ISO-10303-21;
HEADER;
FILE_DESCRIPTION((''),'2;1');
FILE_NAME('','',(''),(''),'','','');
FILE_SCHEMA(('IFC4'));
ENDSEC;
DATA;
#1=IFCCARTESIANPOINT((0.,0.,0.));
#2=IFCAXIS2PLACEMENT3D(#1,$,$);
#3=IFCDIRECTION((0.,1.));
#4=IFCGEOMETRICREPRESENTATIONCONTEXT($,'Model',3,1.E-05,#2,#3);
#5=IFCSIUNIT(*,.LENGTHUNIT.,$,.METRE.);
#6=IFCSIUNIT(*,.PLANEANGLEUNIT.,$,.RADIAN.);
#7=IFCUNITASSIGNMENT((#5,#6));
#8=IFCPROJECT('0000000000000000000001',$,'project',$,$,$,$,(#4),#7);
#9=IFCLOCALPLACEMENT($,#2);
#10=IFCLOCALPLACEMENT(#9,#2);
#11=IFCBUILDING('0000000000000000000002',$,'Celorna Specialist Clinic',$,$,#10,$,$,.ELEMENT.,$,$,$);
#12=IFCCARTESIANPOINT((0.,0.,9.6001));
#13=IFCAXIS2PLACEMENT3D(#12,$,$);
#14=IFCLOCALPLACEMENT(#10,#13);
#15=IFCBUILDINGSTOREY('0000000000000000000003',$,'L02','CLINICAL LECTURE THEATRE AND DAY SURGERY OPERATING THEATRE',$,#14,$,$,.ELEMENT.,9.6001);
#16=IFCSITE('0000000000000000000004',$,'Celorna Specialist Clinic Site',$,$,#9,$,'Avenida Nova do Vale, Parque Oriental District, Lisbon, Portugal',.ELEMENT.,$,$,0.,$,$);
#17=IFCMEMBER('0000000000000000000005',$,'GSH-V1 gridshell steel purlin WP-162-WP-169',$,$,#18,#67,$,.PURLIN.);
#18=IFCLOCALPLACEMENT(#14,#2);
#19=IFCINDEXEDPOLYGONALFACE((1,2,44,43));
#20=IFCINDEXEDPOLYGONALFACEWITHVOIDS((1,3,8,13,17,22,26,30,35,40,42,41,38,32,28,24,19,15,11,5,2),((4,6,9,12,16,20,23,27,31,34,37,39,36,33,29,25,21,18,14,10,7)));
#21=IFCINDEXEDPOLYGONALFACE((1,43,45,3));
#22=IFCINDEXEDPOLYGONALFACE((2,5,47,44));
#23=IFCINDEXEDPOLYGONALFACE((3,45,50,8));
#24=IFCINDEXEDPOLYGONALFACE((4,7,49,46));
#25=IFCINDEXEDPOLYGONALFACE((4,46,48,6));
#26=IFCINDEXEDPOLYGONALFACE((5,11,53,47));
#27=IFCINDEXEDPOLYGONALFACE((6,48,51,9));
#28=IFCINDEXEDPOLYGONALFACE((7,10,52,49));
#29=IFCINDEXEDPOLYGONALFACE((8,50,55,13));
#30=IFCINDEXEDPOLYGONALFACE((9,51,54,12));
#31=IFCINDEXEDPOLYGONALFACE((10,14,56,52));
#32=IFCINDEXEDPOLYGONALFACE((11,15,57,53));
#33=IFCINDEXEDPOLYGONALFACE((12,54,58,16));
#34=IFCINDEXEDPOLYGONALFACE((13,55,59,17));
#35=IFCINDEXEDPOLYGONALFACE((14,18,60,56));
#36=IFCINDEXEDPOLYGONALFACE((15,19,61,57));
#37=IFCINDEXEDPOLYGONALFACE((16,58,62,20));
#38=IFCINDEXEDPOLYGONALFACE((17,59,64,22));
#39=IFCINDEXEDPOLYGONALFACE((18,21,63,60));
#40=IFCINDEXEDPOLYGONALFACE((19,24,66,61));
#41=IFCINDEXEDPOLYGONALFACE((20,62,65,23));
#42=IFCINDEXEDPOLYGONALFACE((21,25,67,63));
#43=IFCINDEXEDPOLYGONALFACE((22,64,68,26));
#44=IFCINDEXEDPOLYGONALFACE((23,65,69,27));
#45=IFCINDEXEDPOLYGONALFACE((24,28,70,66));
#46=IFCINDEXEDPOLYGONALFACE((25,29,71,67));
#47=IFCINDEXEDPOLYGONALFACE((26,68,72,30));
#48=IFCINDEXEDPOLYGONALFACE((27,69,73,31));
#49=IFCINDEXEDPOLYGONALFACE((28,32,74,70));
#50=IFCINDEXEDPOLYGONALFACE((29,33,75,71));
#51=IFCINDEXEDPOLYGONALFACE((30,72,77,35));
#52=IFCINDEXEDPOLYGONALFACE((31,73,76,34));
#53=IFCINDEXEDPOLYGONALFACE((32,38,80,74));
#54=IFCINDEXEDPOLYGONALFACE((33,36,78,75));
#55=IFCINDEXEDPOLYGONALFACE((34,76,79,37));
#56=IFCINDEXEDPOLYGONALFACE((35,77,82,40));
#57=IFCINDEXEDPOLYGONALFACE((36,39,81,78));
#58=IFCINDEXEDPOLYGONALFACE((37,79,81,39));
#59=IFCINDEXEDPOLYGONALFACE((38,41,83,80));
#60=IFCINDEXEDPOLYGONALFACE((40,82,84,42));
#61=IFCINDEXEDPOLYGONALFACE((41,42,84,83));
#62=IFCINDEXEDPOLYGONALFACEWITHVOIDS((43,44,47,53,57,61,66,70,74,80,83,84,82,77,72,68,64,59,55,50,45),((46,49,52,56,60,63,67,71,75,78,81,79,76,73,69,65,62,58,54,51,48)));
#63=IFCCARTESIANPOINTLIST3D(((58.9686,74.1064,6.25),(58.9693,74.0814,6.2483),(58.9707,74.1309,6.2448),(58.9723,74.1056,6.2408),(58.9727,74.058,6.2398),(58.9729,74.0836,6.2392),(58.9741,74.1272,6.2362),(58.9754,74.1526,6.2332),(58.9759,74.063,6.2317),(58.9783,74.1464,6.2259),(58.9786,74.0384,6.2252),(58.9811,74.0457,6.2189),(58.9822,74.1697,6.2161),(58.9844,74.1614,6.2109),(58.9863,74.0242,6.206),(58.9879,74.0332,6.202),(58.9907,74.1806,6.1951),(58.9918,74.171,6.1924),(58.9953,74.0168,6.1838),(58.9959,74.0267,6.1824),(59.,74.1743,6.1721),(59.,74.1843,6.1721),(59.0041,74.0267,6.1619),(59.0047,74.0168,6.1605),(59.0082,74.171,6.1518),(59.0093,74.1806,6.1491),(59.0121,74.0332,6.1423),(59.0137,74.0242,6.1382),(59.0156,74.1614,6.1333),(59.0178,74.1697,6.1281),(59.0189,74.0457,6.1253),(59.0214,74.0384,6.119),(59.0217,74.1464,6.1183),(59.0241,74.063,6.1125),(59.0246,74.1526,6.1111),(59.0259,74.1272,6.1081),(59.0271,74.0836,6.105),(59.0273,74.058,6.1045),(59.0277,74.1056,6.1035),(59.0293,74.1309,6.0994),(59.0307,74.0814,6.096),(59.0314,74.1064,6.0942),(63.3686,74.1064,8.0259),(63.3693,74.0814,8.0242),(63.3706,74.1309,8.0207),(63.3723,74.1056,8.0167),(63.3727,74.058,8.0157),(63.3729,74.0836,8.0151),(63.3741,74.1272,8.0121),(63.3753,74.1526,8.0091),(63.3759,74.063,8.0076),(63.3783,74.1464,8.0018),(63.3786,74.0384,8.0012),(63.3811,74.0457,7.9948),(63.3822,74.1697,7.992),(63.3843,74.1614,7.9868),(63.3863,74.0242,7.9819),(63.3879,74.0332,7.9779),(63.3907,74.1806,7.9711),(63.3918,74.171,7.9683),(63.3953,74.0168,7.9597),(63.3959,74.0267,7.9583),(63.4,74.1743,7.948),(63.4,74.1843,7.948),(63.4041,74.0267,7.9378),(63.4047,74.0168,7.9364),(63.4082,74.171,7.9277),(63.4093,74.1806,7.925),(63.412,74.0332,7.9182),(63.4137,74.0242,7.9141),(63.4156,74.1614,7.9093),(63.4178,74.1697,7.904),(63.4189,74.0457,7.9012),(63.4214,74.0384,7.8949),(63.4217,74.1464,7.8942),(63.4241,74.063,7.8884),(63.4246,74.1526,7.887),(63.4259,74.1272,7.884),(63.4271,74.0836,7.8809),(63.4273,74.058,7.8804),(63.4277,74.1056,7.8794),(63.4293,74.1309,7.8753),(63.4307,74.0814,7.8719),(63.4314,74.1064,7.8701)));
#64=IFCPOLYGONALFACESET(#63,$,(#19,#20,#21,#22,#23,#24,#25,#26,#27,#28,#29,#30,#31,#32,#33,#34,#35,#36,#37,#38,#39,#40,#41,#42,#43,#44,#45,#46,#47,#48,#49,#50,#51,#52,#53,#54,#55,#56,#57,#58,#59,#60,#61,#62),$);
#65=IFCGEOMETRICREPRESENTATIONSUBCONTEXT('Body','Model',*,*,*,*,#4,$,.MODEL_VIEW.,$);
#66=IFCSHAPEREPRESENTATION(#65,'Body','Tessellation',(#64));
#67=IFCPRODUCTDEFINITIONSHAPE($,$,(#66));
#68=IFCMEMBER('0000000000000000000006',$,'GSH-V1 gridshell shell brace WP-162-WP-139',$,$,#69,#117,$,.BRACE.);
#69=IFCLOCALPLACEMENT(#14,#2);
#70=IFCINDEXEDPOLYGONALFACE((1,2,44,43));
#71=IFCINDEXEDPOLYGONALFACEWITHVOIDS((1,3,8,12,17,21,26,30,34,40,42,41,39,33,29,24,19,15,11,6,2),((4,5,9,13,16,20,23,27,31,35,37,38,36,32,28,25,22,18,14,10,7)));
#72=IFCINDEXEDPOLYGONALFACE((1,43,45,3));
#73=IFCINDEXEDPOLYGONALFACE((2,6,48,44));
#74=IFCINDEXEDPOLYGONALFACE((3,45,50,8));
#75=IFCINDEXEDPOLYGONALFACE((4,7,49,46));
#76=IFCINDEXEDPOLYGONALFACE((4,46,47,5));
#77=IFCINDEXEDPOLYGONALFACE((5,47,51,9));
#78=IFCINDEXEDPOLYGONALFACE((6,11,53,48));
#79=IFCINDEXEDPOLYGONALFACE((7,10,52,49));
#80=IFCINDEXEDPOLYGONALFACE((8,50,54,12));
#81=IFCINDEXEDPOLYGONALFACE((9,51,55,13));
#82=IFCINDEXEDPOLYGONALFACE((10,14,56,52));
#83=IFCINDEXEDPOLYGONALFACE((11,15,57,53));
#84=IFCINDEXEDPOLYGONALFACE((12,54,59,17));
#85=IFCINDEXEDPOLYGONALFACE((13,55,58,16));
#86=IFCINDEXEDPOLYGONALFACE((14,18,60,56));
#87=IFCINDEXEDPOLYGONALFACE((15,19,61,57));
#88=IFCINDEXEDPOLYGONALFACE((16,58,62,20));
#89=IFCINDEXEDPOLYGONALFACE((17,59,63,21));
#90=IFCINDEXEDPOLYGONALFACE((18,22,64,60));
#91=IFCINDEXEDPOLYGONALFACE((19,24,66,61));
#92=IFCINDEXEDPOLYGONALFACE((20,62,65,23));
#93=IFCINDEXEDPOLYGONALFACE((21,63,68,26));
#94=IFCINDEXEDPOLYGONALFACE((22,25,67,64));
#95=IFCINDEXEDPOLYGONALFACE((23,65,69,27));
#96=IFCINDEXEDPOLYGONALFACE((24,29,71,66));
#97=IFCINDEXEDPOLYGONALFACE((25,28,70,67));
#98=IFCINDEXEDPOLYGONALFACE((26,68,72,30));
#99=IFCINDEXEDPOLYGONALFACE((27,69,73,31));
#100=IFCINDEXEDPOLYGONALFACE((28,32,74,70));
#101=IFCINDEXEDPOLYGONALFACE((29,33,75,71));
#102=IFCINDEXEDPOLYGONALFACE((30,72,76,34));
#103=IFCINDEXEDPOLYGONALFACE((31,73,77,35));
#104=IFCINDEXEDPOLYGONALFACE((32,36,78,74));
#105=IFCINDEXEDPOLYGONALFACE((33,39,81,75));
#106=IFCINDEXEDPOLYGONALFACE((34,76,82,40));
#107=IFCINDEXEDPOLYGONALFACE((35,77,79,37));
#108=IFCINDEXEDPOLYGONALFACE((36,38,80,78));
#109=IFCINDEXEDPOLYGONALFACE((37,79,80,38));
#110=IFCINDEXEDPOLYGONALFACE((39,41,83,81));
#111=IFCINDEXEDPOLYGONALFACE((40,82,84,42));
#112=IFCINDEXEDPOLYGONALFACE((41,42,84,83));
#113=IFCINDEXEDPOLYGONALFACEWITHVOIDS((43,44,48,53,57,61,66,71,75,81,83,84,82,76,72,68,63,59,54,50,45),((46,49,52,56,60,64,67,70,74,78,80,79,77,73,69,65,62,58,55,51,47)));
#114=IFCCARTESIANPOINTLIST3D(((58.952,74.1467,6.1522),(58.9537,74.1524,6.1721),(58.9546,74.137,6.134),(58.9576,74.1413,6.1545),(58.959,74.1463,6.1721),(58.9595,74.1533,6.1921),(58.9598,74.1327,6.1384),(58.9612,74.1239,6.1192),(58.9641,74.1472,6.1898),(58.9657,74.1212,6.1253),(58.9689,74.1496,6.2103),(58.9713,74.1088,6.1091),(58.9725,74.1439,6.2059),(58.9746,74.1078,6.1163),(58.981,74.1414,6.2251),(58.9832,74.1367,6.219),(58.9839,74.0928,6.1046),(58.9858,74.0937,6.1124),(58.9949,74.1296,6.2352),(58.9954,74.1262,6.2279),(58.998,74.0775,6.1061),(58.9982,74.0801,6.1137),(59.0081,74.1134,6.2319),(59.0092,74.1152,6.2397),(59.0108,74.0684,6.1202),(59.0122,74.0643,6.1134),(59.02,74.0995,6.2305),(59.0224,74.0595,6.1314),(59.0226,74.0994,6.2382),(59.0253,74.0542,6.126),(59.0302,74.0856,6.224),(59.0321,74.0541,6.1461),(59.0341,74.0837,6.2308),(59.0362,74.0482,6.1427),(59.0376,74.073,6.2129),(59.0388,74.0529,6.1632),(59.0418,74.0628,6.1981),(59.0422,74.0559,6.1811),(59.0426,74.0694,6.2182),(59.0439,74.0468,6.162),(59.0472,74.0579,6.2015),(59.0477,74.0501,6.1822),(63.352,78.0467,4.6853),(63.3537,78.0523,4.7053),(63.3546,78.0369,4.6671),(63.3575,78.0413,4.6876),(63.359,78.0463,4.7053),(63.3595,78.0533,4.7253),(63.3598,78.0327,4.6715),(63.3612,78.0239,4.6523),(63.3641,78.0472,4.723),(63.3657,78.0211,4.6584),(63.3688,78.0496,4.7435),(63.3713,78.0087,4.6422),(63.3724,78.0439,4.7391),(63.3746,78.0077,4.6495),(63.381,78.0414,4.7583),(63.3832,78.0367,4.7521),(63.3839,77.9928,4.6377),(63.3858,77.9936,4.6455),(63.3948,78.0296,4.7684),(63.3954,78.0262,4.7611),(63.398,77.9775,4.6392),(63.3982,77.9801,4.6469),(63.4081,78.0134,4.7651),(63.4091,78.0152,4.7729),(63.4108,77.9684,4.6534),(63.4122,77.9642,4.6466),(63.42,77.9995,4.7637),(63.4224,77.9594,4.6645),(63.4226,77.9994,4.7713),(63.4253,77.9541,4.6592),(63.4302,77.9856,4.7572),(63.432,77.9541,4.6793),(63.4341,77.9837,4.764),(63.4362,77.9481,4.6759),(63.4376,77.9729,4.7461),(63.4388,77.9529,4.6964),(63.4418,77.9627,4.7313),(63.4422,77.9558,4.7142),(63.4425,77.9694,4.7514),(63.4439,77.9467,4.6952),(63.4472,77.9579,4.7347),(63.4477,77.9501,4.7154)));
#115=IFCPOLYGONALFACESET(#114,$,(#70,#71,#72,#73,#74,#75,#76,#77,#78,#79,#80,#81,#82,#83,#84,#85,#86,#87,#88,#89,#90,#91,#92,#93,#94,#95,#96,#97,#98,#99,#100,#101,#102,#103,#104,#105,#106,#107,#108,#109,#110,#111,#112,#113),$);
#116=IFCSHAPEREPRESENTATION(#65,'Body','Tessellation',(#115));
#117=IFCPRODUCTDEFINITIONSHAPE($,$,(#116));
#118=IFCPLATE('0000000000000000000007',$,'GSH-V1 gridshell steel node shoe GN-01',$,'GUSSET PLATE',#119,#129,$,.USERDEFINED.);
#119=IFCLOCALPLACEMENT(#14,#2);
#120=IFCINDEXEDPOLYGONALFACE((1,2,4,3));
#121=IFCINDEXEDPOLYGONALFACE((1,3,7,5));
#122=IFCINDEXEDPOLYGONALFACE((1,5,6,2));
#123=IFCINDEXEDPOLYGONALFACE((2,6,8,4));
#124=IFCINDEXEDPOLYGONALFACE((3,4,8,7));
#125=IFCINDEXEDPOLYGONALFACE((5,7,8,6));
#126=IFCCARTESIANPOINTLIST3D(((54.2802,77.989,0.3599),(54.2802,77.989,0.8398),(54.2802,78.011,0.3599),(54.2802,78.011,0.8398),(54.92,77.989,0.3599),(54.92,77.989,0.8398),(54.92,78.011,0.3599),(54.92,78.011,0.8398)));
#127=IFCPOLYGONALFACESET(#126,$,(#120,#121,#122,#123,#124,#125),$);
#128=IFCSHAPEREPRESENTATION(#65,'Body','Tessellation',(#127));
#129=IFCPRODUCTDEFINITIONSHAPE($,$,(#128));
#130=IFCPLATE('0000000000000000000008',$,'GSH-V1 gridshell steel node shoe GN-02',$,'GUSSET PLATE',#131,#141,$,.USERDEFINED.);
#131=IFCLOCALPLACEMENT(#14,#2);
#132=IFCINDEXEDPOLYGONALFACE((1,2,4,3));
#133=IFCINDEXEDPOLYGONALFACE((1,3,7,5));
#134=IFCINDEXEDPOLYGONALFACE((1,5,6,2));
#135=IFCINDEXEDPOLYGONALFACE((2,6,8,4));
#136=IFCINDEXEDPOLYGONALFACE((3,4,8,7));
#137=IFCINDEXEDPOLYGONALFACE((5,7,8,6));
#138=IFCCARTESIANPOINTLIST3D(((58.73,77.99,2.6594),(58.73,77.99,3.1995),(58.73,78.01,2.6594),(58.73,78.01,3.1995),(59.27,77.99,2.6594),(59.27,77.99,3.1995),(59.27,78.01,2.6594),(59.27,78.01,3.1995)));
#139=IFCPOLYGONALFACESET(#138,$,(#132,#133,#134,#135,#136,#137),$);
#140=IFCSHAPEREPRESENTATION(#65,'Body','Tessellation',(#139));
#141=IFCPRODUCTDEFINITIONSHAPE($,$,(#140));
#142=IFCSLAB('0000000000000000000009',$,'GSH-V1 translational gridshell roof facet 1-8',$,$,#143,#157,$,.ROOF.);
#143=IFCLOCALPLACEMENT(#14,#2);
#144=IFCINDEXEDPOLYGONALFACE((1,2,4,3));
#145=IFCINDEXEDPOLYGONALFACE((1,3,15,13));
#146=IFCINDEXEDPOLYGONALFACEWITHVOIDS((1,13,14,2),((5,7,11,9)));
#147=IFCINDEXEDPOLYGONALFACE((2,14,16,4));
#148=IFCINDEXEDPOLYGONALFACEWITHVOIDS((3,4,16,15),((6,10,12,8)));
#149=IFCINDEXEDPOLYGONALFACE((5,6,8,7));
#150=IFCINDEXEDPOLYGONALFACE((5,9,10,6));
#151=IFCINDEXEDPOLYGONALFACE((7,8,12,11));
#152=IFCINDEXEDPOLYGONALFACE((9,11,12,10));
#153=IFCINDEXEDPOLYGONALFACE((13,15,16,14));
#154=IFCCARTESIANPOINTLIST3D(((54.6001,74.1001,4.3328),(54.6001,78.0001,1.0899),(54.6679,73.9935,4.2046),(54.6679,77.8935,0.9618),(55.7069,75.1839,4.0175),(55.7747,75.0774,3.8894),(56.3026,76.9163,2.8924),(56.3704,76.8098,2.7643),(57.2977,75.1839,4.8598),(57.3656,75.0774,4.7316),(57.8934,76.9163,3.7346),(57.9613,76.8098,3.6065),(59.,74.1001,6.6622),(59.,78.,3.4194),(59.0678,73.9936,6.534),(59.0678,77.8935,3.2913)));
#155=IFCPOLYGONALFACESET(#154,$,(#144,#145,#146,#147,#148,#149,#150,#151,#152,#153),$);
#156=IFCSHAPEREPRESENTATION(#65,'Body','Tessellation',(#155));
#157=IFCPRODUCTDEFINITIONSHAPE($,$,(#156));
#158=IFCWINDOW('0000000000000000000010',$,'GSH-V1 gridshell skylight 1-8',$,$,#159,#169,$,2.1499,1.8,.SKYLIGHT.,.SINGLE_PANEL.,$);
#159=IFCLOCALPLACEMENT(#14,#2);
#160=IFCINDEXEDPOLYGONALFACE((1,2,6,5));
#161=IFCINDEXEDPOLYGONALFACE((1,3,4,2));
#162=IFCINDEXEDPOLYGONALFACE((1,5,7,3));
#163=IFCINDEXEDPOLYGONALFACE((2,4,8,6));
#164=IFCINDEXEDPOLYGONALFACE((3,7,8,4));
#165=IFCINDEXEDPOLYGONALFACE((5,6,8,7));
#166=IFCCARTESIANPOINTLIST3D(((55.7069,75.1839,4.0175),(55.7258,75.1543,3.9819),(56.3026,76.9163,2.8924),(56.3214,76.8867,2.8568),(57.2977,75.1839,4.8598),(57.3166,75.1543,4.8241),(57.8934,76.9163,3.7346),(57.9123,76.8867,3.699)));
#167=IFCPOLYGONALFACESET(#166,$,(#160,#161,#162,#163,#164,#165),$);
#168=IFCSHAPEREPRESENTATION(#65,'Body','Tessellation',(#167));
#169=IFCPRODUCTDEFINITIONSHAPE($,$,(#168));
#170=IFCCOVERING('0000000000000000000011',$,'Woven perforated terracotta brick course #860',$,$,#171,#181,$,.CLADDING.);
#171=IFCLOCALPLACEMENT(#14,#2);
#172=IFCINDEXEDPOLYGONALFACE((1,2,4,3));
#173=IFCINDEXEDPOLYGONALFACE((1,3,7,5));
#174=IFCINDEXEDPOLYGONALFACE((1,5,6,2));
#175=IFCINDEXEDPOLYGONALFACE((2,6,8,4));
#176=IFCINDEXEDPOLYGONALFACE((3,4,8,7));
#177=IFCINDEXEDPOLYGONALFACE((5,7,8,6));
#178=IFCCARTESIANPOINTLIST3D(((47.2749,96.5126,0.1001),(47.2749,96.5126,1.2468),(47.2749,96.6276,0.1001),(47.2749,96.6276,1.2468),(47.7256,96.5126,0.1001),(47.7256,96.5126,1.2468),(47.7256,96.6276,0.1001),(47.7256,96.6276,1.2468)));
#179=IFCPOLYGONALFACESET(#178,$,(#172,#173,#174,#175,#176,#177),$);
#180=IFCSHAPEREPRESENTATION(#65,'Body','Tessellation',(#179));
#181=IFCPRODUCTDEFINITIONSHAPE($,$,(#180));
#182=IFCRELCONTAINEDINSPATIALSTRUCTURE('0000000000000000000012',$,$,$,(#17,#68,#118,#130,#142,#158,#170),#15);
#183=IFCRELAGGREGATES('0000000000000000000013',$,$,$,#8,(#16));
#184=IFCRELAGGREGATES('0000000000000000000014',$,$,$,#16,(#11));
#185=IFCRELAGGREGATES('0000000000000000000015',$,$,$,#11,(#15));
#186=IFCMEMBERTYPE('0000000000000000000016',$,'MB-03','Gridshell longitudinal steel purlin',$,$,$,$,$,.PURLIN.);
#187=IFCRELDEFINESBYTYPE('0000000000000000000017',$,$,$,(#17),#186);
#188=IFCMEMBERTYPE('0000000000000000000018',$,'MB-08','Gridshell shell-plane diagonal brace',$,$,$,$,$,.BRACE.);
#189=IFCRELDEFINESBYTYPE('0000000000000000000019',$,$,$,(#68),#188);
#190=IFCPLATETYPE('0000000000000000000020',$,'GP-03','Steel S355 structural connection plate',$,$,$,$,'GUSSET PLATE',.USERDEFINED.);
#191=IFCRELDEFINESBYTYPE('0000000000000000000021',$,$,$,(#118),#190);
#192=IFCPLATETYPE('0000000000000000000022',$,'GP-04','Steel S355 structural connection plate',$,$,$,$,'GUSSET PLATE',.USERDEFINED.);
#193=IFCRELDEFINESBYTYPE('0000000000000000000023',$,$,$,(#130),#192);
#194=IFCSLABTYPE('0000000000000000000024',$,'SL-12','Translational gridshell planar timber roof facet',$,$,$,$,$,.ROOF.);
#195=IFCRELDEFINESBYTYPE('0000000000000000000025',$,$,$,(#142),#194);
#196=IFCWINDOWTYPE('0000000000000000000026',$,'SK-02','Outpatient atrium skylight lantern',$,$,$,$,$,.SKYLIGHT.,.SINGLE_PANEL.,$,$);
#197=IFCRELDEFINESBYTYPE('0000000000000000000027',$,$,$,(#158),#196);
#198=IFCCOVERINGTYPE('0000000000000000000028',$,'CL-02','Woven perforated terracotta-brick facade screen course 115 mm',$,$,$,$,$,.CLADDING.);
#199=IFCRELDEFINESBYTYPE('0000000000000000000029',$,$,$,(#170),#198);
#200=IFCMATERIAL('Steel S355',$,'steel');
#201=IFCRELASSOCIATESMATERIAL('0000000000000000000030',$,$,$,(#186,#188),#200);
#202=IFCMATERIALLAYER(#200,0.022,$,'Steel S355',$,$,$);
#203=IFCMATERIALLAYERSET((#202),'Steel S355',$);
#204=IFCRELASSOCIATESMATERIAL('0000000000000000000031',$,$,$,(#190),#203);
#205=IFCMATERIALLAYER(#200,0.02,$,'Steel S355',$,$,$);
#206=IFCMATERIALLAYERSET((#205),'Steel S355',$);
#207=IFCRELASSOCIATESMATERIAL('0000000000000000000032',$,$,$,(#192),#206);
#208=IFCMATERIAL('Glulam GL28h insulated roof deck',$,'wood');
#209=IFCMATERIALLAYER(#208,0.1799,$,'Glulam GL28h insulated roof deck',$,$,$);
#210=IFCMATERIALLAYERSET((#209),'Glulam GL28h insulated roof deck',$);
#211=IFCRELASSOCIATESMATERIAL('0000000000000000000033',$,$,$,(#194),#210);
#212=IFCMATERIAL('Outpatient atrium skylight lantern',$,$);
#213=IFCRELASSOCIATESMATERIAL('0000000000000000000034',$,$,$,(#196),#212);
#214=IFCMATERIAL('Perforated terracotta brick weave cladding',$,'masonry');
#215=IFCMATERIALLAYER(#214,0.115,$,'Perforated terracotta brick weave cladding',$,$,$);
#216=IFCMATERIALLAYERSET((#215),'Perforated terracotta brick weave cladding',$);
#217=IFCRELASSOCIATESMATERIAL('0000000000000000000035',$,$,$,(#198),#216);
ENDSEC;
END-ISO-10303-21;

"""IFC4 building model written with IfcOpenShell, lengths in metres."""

from ifc_helpers import new_model, si_unit, direction, frame, origin, origin_2d, place, context, subcontext, project, spatial, polyline, rectangle, hollow_circle, outline, extrude, material, layer, layer_set, material_profile, profile_set, type_object, element, fill, save


model = new_model("IFC4")

# Units and contexts
model_context = context("Model", 3, precision=1e-05, world=origin(), true_north=direction((0.0, 1.0)))
body_context = subcontext(model_context, "Body", "Model", "MODEL_VIEW")
ifc_project = project(units=[si_unit("LENGTHUNIT", "METRE"), si_unit("PLANEANGLEUNIT", "RADIAN")], contexts=[model_context])

# Site, building, storey
site_placement = place(None, origin())
site = spatial("IfcSite", under=ifc_project, at=site_placement, Name="Celorna Specialist Clinic Site", LongName="Avenida Nova do Vale, Parque Oriental District, Lisbon, Portugal", CompositionType="ELEMENT", RefElevation=0.0)
building_placement = place(site_placement, origin())
building = spatial("IfcBuilding", under=site, at=building_placement, Name="Celorna Specialist Clinic", CompositionType="ELEMENT")
storey_placement = place(building_placement, frame((0.0, 0.0, 9.6001)))
storey = spatial("IfcBuildingStorey", under=building, at=storey_placement, Name="L02", Description="CLINICAL LECTURE THEATRE AND DAY SURGERY OPERATING THEATRE", CompositionType="ELEMENT", Elevation=9.6001)

# Shared definitions
ifc_material_1 = material(Name="Steel S355", Category="steel")

# Members
ifc_material_profile_1 = material_profile(ifc_material_1, hollow_circle(Radius=0.0842, WallThickness=0.01, at=origin_2d()), Name="CHS 168.3x10")
ifc_profile_set_1 = profile_set([ifc_material_profile_1], Name="Steel S355")
member_type_1 = type_object("IfcMemberType", Name="MB-03", Description="Gridshell longitudinal steel purlin", PredefinedType="PURLIN", material=ifc_profile_set_1)
member_1_placement = place(storey_placement, frame((59.0, 74.1001, 6.1721), z_axis=(0.927315, 0.0, 0.374281), x_axis=(0.0, 1.0, 0.0)))
element("IfcMember", 1, at=member_1_placement, inside=storey, type_object=member_type_1, Name="GSH-V1 gridshell steel purlin WP-162-WP-169", PredefinedType="PURLIN", context=body_context, shape_type="SweptSolid", body=[
    extrude(hollow_circle(Radius=0.0842, WallThickness=0.01, at=origin_2d()), origin(), (0.0, 0.0, 1.0), 4.7449),
])
ifc_material_profile_2 = material_profile(ifc_material_1, hollow_circle(Radius=0.0698, WallThickness=0.0081, at=origin_2d()), Name="CHS 139.7x8")
ifc_profile_set_2 = profile_set([ifc_material_profile_2], Name="Steel S355")
member_type_2 = type_object("IfcMemberType", Name="MB-08", Description="Gridshell shell-plane diagonal brace", PredefinedType="BRACE", material=ifc_profile_set_2)
member_2_placement = place(storey_placement, frame((59.0, 74.1001, 6.1721), z_axis=(0.726093, 0.643581, -0.242058), x_axis=(-0.663306, 0.748348, 0.0)))
element("IfcMember", 2, at=member_2_placement, inside=storey, type_object=member_type_2, Name="GSH-V1 gridshell shell brace WP-162-WP-139", PredefinedType="BRACE", context=body_context, shape_type="SweptSolid", body=[
    extrude(hollow_circle(Radius=0.0698, WallThickness=0.0081, at=origin_2d()), origin(), (0.0, 0.0, 1.0), 6.0598),
])

# Plates
ifc_layer_1 = layer(ifc_material_1, 0.022, Name="Steel S355")
ifc_layer_set_1 = layer_set([ifc_layer_1], Name="Steel S355")
plate_type_1 = type_object("IfcPlateType", Name="GP-03", Description="Steel S355 structural connection plate", ElementType="GUSSET PLATE", PredefinedType="USERDEFINED", material=ifc_layer_set_1)
plate_1_placement = place(storey_placement, frame((54.6001, 78.0, 0.3599), z_axis=(0.0, 0.0, 1.0), x_axis=(1.0, 0.0, 0.0)))
element("IfcPlate", 3, at=plate_1_placement, inside=storey, type_object=plate_type_1, Name="GSH-V1 gridshell steel node shoe GN-01", ObjectType="GUSSET PLATE", PredefinedType="USERDEFINED", context=body_context, shape_type="SweptSolid", body=[
    extrude(rectangle(XDim=0.6399, YDim=0.022, at=origin_2d()), origin(), (0.0, 0.0, 1.0), 0.48),
])
ifc_layer_2 = layer(ifc_material_1, 0.02, Name="Steel S355")
ifc_layer_set_2 = layer_set([ifc_layer_2], Name="Steel S355")
plate_type_2 = type_object("IfcPlateType", Name="GP-04", Description="Steel S355 structural connection plate", ElementType="GUSSET PLATE", PredefinedType="USERDEFINED", material=ifc_layer_set_2)
plate_2_placement = place(storey_placement, frame((59.0, 78.0, 2.6594), z_axis=(0.0, 0.0, 1.0), x_axis=(1.0, 0.0, 0.0)))
element("IfcPlate", 4, at=plate_2_placement, inside=storey, type_object=plate_type_2, Name="GSH-V1 gridshell steel node shoe GN-02", ObjectType="GUSSET PLATE", PredefinedType="USERDEFINED", context=body_context, shape_type="SweptSolid", body=[
    extrude(rectangle(XDim=0.54, YDim=0.02, at=origin_2d()), origin(), (0.0, 0.0, 1.0), 0.54),
])

# Slab, opening, window
ifc_material_2 = material(Name="Glulam GL28h insulated roof deck", Category="wood")
ifc_layer_3 = layer(ifc_material_2, 0.1799, Name="Glulam GL28h insulated roof deck")
ifc_layer_set_3 = layer_set([ifc_layer_3], Name="Glulam GL28h insulated roof deck")
slab_type = type_object("IfcSlabType", Name="SL-12", Description="Translational gridshell planar timber roof facet", PredefinedType="ROOF", material=ifc_layer_set_3)
slab_placement = place(storey_placement, frame((54.6001, 74.1001, 4.3328), z_axis=(-0.377044, 0.592168, 0.712162), x_axis=(0.883783, 0.00001, 0.467898)))
slab = element("IfcSlab", 5, at=slab_placement, inside=storey, type_object=slab_type, Name="GSH-V1 translational gridshell roof facet 1-8", PredefinedType="ROOF", context=body_context, shape_type="SweptSolid", body=[
    extrude(outline(polyline([(0.0, 0.0), (4.9785, 0.0), (3.4613, 4.8397), (-1.5173, 4.8398), (0.0, 0.0)])), origin(), (0.0, 0.0, -1.0), 0.1799),
])
opening_placement = place(slab_placement, frame((1.7307, 2.4199, 0.01)))
opening = element("IfcOpeningElement", 6, at=opening_placement, cuts=slab, PredefinedType="OPENING", context=body_context, shape_type="SweptSolid", body=[
    extrude(rectangle(XDim=1.8, YDim=2.1499, at=origin_2d()), origin(), (0.0, 0.0, -1.0), 0.2),
])
ifc_material_3 = material(Name="Outpatient atrium skylight lantern")
window_type = type_object("IfcWindowType", Name="SK-02", Description="Outpatient atrium skylight lantern", PartitioningType="SINGLE_PANEL", PredefinedType="SKYLIGHT", material=ifc_material_3)
window_placement = place(opening_placement, frame((0.0, 0.0, -0.01)))
window = element("IfcWindow", 7, at=window_placement, inside=storey, type_object=window_type, Name="GSH-V1 gridshell skylight 1-8", OverallHeight=2.1499, OverallWidth=1.8, PartitioningType="SINGLE_PANEL", PredefinedType="SKYLIGHT", context=body_context, shape_type="SweptSolid", body=[
    extrude(rectangle(XDim=1.8, YDim=2.1499, at=origin_2d()), origin(), (0.0, 0.0, -1.0), 0.05),
])
fill(opening, window)

# Covering
ifc_material_4 = material(Name="Perforated terracotta brick weave cladding", Category="masonry")
ifc_layer_4 = layer(ifc_material_4, 0.115, Name="Perforated terracotta brick weave cladding")
ifc_layer_set_4 = layer_set([ifc_layer_4], Name="Perforated terracotta brick weave cladding")
covering_type_1 = type_object("IfcCoveringType", Name="CL-02", Description="Woven perforated terracotta-brick facade screen course 115 mm", PredefinedType="CLADDING", material=ifc_layer_set_4)
for number, where, z_axis, x_axis, name in (
    (8, (47.5002, 96.5701, 0.1001), (0.0, 0.0, 1.0), (1.0, 0.0, 0.0), "Woven perforated terracotta brick course #860"),
):
    element("IfcCovering", number, at=place(storey_placement, frame(where, z_axis=z_axis, x_axis=x_axis)), inside=storey, type_object=covering_type_1, Name=name, PredefinedType="CLADDING", context=body_context, shape_type="SweptSolid", body=[
        extrude(rectangle(XDim=0.4507, YDim=0.115, at=origin_2d()), origin(), (0.0, 0.0, 1.0), 1.1467),
    ])

save(model, "model.ifc")
